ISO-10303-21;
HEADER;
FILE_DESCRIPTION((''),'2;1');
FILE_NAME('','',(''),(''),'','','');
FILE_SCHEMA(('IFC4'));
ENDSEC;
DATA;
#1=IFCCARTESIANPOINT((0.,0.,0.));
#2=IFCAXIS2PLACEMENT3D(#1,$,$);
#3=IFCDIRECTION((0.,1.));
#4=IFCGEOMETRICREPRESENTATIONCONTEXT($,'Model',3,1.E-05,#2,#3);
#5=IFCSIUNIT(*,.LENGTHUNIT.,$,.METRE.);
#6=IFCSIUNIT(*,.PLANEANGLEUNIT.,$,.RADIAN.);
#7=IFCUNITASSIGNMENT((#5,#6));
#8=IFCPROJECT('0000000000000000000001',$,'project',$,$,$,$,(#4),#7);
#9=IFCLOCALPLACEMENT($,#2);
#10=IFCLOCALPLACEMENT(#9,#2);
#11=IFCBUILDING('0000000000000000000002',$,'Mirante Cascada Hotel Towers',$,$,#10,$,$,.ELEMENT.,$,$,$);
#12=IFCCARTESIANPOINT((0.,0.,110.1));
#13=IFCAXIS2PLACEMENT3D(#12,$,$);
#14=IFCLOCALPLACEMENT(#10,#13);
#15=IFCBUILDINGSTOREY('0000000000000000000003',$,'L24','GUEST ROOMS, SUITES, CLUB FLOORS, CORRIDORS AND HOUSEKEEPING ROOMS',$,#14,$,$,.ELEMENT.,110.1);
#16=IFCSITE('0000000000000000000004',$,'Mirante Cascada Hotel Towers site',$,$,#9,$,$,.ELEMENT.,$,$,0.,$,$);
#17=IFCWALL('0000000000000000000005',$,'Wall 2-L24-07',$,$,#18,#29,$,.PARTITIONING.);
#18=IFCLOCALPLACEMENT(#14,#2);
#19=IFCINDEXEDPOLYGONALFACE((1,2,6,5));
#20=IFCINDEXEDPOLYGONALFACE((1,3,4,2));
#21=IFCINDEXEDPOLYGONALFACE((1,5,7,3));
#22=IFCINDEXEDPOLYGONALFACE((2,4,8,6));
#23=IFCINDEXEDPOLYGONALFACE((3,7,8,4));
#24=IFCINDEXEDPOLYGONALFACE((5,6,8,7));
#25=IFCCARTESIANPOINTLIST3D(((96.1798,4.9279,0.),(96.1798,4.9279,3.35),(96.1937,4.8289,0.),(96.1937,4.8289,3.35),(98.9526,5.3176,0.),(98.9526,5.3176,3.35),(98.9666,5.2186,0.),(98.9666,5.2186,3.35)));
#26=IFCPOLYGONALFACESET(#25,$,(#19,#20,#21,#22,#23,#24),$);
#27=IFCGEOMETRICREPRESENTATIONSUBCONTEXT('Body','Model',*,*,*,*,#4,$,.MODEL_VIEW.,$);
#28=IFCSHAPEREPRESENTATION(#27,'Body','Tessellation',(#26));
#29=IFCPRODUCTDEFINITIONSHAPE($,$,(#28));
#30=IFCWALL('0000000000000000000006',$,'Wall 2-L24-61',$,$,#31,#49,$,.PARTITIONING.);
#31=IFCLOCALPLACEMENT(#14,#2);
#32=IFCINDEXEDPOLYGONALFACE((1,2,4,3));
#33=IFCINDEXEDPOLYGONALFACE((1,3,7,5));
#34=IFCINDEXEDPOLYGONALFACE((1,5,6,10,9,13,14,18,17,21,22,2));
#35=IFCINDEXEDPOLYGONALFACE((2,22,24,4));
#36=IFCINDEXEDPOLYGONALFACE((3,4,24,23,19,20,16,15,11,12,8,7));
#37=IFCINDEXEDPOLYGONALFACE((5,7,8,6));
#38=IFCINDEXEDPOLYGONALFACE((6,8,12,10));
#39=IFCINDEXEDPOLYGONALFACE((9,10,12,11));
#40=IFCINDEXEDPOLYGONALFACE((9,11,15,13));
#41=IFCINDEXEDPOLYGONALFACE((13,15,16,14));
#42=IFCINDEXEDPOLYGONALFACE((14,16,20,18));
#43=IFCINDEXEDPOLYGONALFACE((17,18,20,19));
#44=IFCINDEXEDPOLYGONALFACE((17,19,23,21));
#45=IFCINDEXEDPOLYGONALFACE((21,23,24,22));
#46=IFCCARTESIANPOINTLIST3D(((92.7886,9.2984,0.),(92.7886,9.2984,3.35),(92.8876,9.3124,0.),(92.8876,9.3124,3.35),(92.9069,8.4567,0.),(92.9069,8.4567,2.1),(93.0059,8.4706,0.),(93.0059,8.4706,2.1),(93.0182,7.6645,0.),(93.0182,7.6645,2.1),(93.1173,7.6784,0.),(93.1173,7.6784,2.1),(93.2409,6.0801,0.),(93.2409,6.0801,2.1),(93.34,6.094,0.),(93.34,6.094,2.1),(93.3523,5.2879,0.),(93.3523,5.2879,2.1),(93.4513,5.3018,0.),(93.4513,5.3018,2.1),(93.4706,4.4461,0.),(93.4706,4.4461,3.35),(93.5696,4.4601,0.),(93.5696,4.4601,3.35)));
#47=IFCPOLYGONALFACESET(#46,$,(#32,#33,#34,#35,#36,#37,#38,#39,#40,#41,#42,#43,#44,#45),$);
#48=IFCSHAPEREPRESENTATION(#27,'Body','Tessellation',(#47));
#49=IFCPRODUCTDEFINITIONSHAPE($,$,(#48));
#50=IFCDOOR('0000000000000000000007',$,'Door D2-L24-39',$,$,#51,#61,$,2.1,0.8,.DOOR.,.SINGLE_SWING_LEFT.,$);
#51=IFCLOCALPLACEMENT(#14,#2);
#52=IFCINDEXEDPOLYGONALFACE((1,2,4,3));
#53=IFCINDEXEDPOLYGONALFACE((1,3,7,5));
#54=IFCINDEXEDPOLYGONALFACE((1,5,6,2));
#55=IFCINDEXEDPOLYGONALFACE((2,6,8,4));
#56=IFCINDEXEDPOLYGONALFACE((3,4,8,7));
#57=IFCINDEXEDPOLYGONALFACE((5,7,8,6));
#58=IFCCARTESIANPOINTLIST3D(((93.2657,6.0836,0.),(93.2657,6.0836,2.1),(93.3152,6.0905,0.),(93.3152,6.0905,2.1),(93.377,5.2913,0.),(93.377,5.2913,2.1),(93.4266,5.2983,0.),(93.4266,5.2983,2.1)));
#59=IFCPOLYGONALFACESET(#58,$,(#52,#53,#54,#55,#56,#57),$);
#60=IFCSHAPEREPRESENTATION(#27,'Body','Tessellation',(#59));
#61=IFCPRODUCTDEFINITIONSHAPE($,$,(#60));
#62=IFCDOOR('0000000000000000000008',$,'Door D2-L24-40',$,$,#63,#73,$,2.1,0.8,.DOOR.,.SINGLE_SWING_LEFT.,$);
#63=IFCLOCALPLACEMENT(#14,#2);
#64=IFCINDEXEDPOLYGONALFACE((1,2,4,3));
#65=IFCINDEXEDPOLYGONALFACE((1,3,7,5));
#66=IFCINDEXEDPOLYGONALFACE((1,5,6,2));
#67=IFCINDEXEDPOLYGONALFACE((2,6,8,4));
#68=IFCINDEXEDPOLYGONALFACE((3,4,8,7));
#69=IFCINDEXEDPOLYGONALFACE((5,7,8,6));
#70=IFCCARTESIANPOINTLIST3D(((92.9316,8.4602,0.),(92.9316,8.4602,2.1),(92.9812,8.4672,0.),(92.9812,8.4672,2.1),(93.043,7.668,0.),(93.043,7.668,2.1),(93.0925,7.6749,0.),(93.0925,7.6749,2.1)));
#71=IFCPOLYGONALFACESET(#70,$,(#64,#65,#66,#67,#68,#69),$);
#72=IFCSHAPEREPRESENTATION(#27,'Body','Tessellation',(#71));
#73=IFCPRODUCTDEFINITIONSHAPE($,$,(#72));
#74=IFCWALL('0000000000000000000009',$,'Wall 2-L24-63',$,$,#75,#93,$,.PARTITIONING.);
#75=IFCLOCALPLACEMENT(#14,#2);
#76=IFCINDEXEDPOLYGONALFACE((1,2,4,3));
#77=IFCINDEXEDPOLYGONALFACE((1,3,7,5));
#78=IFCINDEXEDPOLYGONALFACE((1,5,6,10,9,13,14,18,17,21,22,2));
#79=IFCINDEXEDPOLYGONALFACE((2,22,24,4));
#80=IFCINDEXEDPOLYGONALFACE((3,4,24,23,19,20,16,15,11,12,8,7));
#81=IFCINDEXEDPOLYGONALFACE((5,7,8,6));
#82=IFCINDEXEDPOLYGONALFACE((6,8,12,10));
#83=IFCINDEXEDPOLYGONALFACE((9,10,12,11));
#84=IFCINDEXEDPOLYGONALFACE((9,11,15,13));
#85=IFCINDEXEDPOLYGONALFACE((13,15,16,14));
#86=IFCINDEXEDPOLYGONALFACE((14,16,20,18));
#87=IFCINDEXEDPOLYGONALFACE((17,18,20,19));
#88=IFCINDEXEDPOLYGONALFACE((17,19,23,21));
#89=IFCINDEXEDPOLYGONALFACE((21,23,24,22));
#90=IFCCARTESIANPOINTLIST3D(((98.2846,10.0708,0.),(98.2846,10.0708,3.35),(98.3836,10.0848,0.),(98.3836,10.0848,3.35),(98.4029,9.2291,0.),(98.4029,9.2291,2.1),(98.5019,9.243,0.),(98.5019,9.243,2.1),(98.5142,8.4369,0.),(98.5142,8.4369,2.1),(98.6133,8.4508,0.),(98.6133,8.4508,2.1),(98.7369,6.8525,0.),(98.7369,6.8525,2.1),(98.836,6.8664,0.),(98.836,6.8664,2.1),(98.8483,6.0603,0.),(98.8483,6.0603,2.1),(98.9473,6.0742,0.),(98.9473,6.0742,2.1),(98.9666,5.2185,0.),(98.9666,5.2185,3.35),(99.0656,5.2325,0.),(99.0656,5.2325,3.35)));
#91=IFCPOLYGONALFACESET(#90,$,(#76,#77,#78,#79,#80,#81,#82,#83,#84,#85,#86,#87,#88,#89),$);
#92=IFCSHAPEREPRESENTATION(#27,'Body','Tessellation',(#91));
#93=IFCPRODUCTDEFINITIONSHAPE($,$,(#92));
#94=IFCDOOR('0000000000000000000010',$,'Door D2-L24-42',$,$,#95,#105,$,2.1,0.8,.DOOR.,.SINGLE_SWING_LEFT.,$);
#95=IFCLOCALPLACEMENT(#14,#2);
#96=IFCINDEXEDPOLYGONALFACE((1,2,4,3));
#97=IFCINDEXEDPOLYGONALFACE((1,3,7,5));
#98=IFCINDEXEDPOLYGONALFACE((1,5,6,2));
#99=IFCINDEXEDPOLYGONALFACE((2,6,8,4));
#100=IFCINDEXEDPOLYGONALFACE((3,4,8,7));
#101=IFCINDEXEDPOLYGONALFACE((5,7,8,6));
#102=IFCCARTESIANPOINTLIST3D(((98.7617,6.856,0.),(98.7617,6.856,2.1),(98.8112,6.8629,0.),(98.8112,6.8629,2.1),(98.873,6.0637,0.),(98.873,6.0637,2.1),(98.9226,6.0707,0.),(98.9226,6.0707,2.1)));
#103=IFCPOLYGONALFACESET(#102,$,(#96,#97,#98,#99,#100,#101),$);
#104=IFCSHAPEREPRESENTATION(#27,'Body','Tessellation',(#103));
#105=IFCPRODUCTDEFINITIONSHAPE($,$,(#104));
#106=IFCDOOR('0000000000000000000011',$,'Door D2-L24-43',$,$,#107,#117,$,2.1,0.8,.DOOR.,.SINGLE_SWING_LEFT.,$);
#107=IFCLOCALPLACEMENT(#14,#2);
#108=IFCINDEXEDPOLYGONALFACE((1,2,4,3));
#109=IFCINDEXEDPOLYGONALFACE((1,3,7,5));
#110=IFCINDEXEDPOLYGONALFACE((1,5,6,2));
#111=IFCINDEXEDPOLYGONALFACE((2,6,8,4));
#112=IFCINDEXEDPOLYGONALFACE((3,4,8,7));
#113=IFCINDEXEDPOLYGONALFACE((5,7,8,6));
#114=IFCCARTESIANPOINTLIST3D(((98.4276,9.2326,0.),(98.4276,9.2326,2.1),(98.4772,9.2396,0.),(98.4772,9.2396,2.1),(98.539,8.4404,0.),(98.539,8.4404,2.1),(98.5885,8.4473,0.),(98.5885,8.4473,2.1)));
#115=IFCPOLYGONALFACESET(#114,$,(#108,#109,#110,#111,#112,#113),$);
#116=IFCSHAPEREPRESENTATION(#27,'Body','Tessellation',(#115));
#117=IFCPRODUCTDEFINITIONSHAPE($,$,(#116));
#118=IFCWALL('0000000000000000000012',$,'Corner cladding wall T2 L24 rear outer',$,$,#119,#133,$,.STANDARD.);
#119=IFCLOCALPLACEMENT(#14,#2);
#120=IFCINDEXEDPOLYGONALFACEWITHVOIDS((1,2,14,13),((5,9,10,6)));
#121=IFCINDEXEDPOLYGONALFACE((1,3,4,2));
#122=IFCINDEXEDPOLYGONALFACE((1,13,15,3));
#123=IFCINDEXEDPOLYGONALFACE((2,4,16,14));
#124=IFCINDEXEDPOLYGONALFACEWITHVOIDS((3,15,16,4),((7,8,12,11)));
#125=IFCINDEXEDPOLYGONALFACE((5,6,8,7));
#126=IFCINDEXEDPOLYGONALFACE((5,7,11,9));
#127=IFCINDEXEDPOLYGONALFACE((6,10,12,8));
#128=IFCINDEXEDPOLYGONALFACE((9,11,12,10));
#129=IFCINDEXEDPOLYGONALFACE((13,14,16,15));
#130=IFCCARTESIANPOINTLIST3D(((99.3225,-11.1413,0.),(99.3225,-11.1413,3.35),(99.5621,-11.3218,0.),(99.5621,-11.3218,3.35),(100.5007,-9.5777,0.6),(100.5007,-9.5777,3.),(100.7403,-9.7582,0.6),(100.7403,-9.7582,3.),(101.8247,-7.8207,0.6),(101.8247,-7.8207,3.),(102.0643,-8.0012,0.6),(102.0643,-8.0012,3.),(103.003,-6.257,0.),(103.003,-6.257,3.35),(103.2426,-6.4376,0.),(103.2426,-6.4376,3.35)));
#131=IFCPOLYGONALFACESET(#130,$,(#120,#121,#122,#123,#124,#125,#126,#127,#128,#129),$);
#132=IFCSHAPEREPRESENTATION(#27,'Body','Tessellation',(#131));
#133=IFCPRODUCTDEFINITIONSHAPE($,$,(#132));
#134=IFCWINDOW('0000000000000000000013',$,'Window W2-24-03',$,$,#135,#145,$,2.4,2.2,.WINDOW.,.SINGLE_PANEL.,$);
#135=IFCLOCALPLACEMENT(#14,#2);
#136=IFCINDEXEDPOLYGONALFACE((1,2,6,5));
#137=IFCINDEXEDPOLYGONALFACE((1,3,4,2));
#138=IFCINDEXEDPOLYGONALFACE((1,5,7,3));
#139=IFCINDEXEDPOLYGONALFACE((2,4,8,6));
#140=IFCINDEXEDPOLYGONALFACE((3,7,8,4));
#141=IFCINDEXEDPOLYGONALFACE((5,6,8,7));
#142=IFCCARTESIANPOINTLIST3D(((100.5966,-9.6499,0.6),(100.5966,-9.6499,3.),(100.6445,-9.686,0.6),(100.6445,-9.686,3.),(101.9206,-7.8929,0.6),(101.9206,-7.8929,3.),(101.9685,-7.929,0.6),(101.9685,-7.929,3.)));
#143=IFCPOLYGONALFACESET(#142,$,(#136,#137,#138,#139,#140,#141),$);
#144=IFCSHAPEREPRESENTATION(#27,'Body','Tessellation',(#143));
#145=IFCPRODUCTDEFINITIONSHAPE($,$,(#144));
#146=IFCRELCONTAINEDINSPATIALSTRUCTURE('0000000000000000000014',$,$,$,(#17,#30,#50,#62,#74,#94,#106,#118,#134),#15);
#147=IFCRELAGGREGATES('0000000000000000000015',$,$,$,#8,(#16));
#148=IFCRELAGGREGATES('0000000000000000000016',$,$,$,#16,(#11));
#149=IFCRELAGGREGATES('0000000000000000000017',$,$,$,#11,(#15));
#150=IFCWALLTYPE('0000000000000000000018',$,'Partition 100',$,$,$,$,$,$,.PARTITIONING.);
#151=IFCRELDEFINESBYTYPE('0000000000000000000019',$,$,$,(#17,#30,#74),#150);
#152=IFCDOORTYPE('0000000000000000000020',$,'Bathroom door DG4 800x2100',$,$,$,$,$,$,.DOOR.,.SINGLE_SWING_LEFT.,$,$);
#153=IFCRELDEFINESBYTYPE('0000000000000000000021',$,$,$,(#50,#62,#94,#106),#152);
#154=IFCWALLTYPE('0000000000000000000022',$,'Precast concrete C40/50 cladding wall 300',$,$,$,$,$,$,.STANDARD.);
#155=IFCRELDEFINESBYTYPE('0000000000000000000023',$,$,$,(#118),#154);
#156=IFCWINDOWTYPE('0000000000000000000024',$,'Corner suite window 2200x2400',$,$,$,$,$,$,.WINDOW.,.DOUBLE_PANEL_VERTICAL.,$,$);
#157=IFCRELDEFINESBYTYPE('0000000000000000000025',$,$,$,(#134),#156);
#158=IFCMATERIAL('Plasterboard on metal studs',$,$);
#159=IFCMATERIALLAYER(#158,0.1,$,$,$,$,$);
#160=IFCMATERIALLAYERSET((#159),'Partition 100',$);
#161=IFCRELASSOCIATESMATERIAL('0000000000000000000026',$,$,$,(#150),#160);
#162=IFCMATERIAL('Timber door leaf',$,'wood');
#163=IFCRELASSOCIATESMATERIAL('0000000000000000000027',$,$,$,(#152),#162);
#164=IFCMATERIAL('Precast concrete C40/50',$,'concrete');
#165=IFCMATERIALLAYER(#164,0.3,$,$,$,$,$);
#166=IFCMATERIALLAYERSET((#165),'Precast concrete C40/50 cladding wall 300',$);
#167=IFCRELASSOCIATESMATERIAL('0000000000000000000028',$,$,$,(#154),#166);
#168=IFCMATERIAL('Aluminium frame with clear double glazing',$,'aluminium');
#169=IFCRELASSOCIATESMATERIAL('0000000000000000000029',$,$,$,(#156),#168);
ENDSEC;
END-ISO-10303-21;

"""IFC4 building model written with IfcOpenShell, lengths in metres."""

from ifc_helpers import new_model, si_unit, direction, frame, frame_2d, origin, place, context, subcontext, project, spatial, rectangle, extrude, material, layer, layer_set, type_object, element, fill, save


model = new_model("IFC4")

# Units and contexts
model_context = context("Model", 3, precision=1e-05, world=origin(), true_north=direction((0.0, 1.0)))
body_context = subcontext(model_context, "Body", "Model", "MODEL_VIEW")
ifc_project = project(units=[si_unit("LENGTHUNIT", "METRE"), si_unit("PLANEANGLEUNIT", "RADIAN")], contexts=[model_context])

# Site, building, storey
site_placement = place(None, origin())
site = spatial("IfcSite", under=ifc_project, at=site_placement, Name="Mirante Cascada Hotel Towers site", CompositionType="ELEMENT", RefElevation=0.0)
building_placement = place(site_placement, origin())
building = spatial("IfcBuilding", under=site, at=building_placement, Name="Mirante Cascada Hotel Towers", CompositionType="ELEMENT")
storey_placement = place(building_placement, frame((0.0, 0.0, 110.1)))
storey = spatial("IfcBuildingStorey", under=building, at=storey_placement, Name="L24", Description="GUEST ROOMS, SUITES, CLUB FLOORS, CORRIDORS AND HOUSEKEEPING ROOMS", CompositionType="ELEMENT", Elevation=110.1)

# Shared definitions
ifc_material_1 = material(Name="Plasterboard on metal studs")
ifc_layer_1 = layer(ifc_material_1, 0.1)
ifc_layer_set_1 = layer_set([ifc_layer_1], Name="Partition 100")
wall_type_1 = type_object("IfcWallType", Name="Partition 100", PredefinedType="PARTITIONING", material=ifc_layer_set_1)

# Wall
wall_1_placement = place(storey_placement, frame((96.1868, 4.8784, 0.0), z_axis=(0.0, 0.0, 1.0), x_axis=(0.990268, 0.139176, 0.0)))
element("IfcWall", 1, at=wall_1_placement, inside=storey, type_object=wall_type_1, Name="Wall 2-L24-07", PredefinedType="PARTITIONING", context=body_context, shape_type="SweptSolid", body=[
    extrude(rectangle(XDim=2.8001, YDim=0.1, at=frame_2d((1.4, 0.0))), origin(), (0.0, 0.0, 1.0), 3.35),
])

# Walls, openings, doors
wall_2_placement = place(storey_placement, frame((93.5201, 4.4531, 0.0), z_axis=(0.0, 0.0, 1.0), x_axis=(-0.139184, 0.990267, 0.0)))
wall_2 = element("IfcWall", 2, at=wall_2_placement, inside=storey, type_object=wall_type_1, Name="Wall 2-L24-61", PredefinedType="PARTITIONING", context=body_context, shape_type="SweptSolid", body=[
    extrude(rectangle(XDim=4.9, YDim=0.1, at=frame_2d((2.45, 0.0))), origin(), (0.0, 0.0, 1.0), 3.35),
])
opening_1_placement = place(wall_2_placement, frame((0.85, 0.0, 0.0)))
opening_1 = element("IfcOpeningElement", 3, at=opening_1_placement, cuts=wall_2, PredefinedType="OPENING", context=body_context, shape_type="SweptSolid", body=[
    extrude(rectangle(XDim=0.8, YDim=2.1, at=frame_2d((0.4, 1.05))), frame((0.0, 0.05, 0.0), z_axis=(0.0, -1.0, 0.0), x_axis=(1.0, 0.0, 0.0)), (0.0, 0.0, 1.0), 0.1),
])
opening_2_placement = place(wall_2_placement, frame((3.25, 0.0, 0.0)))
opening_2 = element("IfcOpeningElement", 4, at=opening_2_placement, cuts=wall_2, PredefinedType="OPENING", context=body_context, shape_type="SweptSolid", body=[
    extrude(rectangle(XDim=0.8, YDim=2.1, at=frame_2d((0.4, 1.05))), frame((0.0, 0.05, 0.0), z_axis=(0.0, -1.0, 0.0), x_axis=(1.0, 0.0, 0.0)), (0.0, 0.0, 1.0), 0.1),
])
ifc_material_2 = material(Name="Timber door leaf", Category="wood")
door_type_1 = type_object("IfcDoorType", Name="Bathroom door DG4 800x2100", OperationType="SINGLE_SWING_LEFT", PredefinedType="DOOR", material=ifc_material_2)
door_1_placement = place(opening_1_placement, origin())
door_1 = element("IfcDoor", 5, at=door_1_placement, inside=storey, type_object=door_type_1, Name="Door D2-L24-39", OperationType="SINGLE_SWING_LEFT", OverallHeight=2.1, OverallWidth=0.8, PredefinedType="DOOR", context=body_context, shape_type="SweptSolid", body=[
    extrude(rectangle(XDim=0.8, YDim=2.1, at=frame_2d((0.4, 1.05))), frame((0.0, 0.025, 0.0), z_axis=(0.0, -1.0, 0.0), x_axis=(1.0, 0.0, 0.0)), (0.0, 0.0, 1.0), 0.05),
])
fill(opening_1, door_1)
door_2_placement = place(opening_2_placement, origin())
door_2 = element("IfcDoor", 6, at=door_2_placement, inside=storey, type_object=door_type_1, Name="Door D2-L24-40", OperationType="SINGLE_SWING_LEFT", OverallHeight=2.1, OverallWidth=0.8, PredefinedType="DOOR", context=body_context, shape_type="SweptSolid", body=[
    extrude(rectangle(XDim=0.8, YDim=2.1, at=frame_2d((0.4, 1.05))), frame((0.0, 0.025, 0.0), z_axis=(0.0, -1.0, 0.0), x_axis=(1.0, 0.0, 0.0)), (0.0, 0.0, 1.0), 0.05),
])
fill(opening_2, door_2)
wall_3_placement = place(storey_placement, frame((99.0161, 5.2255, 0.0), z_axis=(0.0, 0.0, 1.0), x_axis=(-0.139184, 0.990267, 0.0)))
wall_3 = element("IfcWall", 7, at=wall_3_placement, inside=storey, type_object=wall_type_1, Name="Wall 2-L24-63", PredefinedType="PARTITIONING", context=body_context, shape_type="SweptSolid", body=[
    extrude(rectangle(XDim=4.9, YDim=0.1, at=frame_2d((2.45, 0.0))), origin(), (0.0, 0.0, 1.0), 3.35),
])
opening_3_placement = place(wall_3_placement, frame((0.85, 0.0, 0.0)))
opening_3 = element("IfcOpeningElement", 8, at=opening_3_placement, cuts=wall_3, PredefinedType="OPENING", context=body_context, shape_type="SweptSolid", body=[
    extrude(rectangle(XDim=0.8, YDim=2.1, at=frame_2d((0.4, 1.05))), frame((0.0, 0.05, 0.0), z_axis=(0.0, -1.0, 0.0), x_axis=(1.0, 0.0, 0.0)), (0.0, 0.0, 1.0), 0.1),
])
opening_4_placement = place(wall_3_placement, frame((3.25, 0.0, 0.0)))
opening_4 = element("IfcOpeningElement", 9, at=opening_4_placement, cuts=wall_3, PredefinedType="OPENING", context=body_context, shape_type="SweptSolid", body=[
    extrude(rectangle(XDim=0.8, YDim=2.1, at=frame_2d((0.4, 1.05))), frame((0.0, 0.05, 0.0), z_axis=(0.0, -1.0, 0.0), x_axis=(1.0, 0.0, 0.0)), (0.0, 0.0, 1.0), 0.1),
])
door_3_placement = place(opening_3_placement, origin())
door_3 = element("IfcDoor", 10, at=door_3_placement, inside=storey, type_object=door_type_1, Name="Door D2-L24-42", OperationType="SINGLE_SWING_LEFT", OverallHeight=2.1, OverallWidth=0.8, PredefinedType="DOOR", context=body_context, shape_type="SweptSolid", body=[
    extrude(rectangle(XDim=0.8, YDim=2.1, at=frame_2d((0.4, 1.05))), frame((0.0, 0.025, 0.0), z_axis=(0.0, -1.0, 0.0), x_axis=(1.0, 0.0, 0.0)), (0.0, 0.0, 1.0), 0.05),
])
fill(opening_3, door_3)
door_4_placement = place(opening_4_placement, origin())
door_4 = element("IfcDoor", 11, at=door_4_placement, inside=storey, type_object=door_type_1, Name="Door D2-L24-43", OperationType="SINGLE_SWING_LEFT", OverallHeight=2.1, OverallWidth=0.8, PredefinedType="DOOR", context=body_context, shape_type="SweptSolid", body=[
    extrude(rectangle(XDim=0.8, YDim=2.1, at=frame_2d((0.4, 1.05))), frame((0.0, 0.025, 0.0), z_axis=(0.0, -1.0, 0.0), x_axis=(1.0, 0.0, 0.0)), (0.0, 0.0, 1.0), 0.05),
])
fill(opening_4, door_4)

# Wall, opening, window
ifc_material_3 = material(Name="Precast concrete C40/50", Category="concrete")
ifc_layer_2 = layer(ifc_material_3, 0.3)
ifc_layer_set_2 = layer_set([ifc_layer_2], Name="Precast concrete C40/50 cladding wall 300")
wall_type_2 = type_object("IfcWallType", Name="Precast concrete C40/50 cladding wall 300", PredefinedType="STANDARD", material=ifc_layer_set_2)
wall_4_placement = place(storey_placement, frame((99.4423, -11.2315, 0.0), z_axis=(0.0, 0.0, 1.0), x_axis=(0.601814, 0.798636, 0.0)))
wall_4 = element("IfcWall", 12, at=wall_4_placement, inside=storey, type_object=wall_type_2, Name="Corner cladding wall T2 L24 rear outer", PredefinedType="STANDARD", context=body_context, shape_type="SweptSolid", body=[
    extrude(rectangle(XDim=6.1157, YDim=0.3, at=frame_2d((3.0578, 0.0))), origin(), (0.0, 0.0, 1.0), 3.35),
])
opening_5_placement = place(wall_4_placement, frame((1.9578, 0.0, 0.6)))
opening_5 = element("IfcOpeningElement", 13, at=opening_5_placement, cuts=wall_4, PredefinedType="OPENING", context=body_context, shape_type="SweptSolid", body=[
    extrude(rectangle(XDim=2.2, YDim=2.4, at=frame_2d((1.1, 1.2))), frame((0.0, 0.15, 0.0), z_axis=(0.0, -1.0, 0.0), x_axis=(1.0, 0.0, 0.0)), (0.0, 0.0, 1.0), 0.3),
])
ifc_material_4 = material(Name="Aluminium frame with clear double glazing", Category="aluminium")
window_type = type_object("IfcWindowType", Name="Corner suite window 2200x2400", PartitioningType="DOUBLE_PANEL_VERTICAL", PredefinedType="WINDOW", material=ifc_material_4)
window_placement = place(opening_5_placement, origin())
window = element("IfcWindow", 14, at=window_placement, inside=storey, type_object=window_type, Name="Window W2-24-03", OverallHeight=2.4, OverallWidth=2.2, PartitioningType="SINGLE_PANEL", PredefinedType="WINDOW", context=body_context, shape_type="SweptSolid", body=[
    extrude(rectangle(XDim=2.2, YDim=2.4, at=frame_2d((1.1, 1.2))), frame((0.0, 0.03, 0.0), z_axis=(0.0, -1.0, 0.0), x_axis=(1.0, 0.0, 0.0)), (0.0, 0.0, 1.0), 0.06),
])
fill(opening_5, window)

save(model, "model.ifc")
